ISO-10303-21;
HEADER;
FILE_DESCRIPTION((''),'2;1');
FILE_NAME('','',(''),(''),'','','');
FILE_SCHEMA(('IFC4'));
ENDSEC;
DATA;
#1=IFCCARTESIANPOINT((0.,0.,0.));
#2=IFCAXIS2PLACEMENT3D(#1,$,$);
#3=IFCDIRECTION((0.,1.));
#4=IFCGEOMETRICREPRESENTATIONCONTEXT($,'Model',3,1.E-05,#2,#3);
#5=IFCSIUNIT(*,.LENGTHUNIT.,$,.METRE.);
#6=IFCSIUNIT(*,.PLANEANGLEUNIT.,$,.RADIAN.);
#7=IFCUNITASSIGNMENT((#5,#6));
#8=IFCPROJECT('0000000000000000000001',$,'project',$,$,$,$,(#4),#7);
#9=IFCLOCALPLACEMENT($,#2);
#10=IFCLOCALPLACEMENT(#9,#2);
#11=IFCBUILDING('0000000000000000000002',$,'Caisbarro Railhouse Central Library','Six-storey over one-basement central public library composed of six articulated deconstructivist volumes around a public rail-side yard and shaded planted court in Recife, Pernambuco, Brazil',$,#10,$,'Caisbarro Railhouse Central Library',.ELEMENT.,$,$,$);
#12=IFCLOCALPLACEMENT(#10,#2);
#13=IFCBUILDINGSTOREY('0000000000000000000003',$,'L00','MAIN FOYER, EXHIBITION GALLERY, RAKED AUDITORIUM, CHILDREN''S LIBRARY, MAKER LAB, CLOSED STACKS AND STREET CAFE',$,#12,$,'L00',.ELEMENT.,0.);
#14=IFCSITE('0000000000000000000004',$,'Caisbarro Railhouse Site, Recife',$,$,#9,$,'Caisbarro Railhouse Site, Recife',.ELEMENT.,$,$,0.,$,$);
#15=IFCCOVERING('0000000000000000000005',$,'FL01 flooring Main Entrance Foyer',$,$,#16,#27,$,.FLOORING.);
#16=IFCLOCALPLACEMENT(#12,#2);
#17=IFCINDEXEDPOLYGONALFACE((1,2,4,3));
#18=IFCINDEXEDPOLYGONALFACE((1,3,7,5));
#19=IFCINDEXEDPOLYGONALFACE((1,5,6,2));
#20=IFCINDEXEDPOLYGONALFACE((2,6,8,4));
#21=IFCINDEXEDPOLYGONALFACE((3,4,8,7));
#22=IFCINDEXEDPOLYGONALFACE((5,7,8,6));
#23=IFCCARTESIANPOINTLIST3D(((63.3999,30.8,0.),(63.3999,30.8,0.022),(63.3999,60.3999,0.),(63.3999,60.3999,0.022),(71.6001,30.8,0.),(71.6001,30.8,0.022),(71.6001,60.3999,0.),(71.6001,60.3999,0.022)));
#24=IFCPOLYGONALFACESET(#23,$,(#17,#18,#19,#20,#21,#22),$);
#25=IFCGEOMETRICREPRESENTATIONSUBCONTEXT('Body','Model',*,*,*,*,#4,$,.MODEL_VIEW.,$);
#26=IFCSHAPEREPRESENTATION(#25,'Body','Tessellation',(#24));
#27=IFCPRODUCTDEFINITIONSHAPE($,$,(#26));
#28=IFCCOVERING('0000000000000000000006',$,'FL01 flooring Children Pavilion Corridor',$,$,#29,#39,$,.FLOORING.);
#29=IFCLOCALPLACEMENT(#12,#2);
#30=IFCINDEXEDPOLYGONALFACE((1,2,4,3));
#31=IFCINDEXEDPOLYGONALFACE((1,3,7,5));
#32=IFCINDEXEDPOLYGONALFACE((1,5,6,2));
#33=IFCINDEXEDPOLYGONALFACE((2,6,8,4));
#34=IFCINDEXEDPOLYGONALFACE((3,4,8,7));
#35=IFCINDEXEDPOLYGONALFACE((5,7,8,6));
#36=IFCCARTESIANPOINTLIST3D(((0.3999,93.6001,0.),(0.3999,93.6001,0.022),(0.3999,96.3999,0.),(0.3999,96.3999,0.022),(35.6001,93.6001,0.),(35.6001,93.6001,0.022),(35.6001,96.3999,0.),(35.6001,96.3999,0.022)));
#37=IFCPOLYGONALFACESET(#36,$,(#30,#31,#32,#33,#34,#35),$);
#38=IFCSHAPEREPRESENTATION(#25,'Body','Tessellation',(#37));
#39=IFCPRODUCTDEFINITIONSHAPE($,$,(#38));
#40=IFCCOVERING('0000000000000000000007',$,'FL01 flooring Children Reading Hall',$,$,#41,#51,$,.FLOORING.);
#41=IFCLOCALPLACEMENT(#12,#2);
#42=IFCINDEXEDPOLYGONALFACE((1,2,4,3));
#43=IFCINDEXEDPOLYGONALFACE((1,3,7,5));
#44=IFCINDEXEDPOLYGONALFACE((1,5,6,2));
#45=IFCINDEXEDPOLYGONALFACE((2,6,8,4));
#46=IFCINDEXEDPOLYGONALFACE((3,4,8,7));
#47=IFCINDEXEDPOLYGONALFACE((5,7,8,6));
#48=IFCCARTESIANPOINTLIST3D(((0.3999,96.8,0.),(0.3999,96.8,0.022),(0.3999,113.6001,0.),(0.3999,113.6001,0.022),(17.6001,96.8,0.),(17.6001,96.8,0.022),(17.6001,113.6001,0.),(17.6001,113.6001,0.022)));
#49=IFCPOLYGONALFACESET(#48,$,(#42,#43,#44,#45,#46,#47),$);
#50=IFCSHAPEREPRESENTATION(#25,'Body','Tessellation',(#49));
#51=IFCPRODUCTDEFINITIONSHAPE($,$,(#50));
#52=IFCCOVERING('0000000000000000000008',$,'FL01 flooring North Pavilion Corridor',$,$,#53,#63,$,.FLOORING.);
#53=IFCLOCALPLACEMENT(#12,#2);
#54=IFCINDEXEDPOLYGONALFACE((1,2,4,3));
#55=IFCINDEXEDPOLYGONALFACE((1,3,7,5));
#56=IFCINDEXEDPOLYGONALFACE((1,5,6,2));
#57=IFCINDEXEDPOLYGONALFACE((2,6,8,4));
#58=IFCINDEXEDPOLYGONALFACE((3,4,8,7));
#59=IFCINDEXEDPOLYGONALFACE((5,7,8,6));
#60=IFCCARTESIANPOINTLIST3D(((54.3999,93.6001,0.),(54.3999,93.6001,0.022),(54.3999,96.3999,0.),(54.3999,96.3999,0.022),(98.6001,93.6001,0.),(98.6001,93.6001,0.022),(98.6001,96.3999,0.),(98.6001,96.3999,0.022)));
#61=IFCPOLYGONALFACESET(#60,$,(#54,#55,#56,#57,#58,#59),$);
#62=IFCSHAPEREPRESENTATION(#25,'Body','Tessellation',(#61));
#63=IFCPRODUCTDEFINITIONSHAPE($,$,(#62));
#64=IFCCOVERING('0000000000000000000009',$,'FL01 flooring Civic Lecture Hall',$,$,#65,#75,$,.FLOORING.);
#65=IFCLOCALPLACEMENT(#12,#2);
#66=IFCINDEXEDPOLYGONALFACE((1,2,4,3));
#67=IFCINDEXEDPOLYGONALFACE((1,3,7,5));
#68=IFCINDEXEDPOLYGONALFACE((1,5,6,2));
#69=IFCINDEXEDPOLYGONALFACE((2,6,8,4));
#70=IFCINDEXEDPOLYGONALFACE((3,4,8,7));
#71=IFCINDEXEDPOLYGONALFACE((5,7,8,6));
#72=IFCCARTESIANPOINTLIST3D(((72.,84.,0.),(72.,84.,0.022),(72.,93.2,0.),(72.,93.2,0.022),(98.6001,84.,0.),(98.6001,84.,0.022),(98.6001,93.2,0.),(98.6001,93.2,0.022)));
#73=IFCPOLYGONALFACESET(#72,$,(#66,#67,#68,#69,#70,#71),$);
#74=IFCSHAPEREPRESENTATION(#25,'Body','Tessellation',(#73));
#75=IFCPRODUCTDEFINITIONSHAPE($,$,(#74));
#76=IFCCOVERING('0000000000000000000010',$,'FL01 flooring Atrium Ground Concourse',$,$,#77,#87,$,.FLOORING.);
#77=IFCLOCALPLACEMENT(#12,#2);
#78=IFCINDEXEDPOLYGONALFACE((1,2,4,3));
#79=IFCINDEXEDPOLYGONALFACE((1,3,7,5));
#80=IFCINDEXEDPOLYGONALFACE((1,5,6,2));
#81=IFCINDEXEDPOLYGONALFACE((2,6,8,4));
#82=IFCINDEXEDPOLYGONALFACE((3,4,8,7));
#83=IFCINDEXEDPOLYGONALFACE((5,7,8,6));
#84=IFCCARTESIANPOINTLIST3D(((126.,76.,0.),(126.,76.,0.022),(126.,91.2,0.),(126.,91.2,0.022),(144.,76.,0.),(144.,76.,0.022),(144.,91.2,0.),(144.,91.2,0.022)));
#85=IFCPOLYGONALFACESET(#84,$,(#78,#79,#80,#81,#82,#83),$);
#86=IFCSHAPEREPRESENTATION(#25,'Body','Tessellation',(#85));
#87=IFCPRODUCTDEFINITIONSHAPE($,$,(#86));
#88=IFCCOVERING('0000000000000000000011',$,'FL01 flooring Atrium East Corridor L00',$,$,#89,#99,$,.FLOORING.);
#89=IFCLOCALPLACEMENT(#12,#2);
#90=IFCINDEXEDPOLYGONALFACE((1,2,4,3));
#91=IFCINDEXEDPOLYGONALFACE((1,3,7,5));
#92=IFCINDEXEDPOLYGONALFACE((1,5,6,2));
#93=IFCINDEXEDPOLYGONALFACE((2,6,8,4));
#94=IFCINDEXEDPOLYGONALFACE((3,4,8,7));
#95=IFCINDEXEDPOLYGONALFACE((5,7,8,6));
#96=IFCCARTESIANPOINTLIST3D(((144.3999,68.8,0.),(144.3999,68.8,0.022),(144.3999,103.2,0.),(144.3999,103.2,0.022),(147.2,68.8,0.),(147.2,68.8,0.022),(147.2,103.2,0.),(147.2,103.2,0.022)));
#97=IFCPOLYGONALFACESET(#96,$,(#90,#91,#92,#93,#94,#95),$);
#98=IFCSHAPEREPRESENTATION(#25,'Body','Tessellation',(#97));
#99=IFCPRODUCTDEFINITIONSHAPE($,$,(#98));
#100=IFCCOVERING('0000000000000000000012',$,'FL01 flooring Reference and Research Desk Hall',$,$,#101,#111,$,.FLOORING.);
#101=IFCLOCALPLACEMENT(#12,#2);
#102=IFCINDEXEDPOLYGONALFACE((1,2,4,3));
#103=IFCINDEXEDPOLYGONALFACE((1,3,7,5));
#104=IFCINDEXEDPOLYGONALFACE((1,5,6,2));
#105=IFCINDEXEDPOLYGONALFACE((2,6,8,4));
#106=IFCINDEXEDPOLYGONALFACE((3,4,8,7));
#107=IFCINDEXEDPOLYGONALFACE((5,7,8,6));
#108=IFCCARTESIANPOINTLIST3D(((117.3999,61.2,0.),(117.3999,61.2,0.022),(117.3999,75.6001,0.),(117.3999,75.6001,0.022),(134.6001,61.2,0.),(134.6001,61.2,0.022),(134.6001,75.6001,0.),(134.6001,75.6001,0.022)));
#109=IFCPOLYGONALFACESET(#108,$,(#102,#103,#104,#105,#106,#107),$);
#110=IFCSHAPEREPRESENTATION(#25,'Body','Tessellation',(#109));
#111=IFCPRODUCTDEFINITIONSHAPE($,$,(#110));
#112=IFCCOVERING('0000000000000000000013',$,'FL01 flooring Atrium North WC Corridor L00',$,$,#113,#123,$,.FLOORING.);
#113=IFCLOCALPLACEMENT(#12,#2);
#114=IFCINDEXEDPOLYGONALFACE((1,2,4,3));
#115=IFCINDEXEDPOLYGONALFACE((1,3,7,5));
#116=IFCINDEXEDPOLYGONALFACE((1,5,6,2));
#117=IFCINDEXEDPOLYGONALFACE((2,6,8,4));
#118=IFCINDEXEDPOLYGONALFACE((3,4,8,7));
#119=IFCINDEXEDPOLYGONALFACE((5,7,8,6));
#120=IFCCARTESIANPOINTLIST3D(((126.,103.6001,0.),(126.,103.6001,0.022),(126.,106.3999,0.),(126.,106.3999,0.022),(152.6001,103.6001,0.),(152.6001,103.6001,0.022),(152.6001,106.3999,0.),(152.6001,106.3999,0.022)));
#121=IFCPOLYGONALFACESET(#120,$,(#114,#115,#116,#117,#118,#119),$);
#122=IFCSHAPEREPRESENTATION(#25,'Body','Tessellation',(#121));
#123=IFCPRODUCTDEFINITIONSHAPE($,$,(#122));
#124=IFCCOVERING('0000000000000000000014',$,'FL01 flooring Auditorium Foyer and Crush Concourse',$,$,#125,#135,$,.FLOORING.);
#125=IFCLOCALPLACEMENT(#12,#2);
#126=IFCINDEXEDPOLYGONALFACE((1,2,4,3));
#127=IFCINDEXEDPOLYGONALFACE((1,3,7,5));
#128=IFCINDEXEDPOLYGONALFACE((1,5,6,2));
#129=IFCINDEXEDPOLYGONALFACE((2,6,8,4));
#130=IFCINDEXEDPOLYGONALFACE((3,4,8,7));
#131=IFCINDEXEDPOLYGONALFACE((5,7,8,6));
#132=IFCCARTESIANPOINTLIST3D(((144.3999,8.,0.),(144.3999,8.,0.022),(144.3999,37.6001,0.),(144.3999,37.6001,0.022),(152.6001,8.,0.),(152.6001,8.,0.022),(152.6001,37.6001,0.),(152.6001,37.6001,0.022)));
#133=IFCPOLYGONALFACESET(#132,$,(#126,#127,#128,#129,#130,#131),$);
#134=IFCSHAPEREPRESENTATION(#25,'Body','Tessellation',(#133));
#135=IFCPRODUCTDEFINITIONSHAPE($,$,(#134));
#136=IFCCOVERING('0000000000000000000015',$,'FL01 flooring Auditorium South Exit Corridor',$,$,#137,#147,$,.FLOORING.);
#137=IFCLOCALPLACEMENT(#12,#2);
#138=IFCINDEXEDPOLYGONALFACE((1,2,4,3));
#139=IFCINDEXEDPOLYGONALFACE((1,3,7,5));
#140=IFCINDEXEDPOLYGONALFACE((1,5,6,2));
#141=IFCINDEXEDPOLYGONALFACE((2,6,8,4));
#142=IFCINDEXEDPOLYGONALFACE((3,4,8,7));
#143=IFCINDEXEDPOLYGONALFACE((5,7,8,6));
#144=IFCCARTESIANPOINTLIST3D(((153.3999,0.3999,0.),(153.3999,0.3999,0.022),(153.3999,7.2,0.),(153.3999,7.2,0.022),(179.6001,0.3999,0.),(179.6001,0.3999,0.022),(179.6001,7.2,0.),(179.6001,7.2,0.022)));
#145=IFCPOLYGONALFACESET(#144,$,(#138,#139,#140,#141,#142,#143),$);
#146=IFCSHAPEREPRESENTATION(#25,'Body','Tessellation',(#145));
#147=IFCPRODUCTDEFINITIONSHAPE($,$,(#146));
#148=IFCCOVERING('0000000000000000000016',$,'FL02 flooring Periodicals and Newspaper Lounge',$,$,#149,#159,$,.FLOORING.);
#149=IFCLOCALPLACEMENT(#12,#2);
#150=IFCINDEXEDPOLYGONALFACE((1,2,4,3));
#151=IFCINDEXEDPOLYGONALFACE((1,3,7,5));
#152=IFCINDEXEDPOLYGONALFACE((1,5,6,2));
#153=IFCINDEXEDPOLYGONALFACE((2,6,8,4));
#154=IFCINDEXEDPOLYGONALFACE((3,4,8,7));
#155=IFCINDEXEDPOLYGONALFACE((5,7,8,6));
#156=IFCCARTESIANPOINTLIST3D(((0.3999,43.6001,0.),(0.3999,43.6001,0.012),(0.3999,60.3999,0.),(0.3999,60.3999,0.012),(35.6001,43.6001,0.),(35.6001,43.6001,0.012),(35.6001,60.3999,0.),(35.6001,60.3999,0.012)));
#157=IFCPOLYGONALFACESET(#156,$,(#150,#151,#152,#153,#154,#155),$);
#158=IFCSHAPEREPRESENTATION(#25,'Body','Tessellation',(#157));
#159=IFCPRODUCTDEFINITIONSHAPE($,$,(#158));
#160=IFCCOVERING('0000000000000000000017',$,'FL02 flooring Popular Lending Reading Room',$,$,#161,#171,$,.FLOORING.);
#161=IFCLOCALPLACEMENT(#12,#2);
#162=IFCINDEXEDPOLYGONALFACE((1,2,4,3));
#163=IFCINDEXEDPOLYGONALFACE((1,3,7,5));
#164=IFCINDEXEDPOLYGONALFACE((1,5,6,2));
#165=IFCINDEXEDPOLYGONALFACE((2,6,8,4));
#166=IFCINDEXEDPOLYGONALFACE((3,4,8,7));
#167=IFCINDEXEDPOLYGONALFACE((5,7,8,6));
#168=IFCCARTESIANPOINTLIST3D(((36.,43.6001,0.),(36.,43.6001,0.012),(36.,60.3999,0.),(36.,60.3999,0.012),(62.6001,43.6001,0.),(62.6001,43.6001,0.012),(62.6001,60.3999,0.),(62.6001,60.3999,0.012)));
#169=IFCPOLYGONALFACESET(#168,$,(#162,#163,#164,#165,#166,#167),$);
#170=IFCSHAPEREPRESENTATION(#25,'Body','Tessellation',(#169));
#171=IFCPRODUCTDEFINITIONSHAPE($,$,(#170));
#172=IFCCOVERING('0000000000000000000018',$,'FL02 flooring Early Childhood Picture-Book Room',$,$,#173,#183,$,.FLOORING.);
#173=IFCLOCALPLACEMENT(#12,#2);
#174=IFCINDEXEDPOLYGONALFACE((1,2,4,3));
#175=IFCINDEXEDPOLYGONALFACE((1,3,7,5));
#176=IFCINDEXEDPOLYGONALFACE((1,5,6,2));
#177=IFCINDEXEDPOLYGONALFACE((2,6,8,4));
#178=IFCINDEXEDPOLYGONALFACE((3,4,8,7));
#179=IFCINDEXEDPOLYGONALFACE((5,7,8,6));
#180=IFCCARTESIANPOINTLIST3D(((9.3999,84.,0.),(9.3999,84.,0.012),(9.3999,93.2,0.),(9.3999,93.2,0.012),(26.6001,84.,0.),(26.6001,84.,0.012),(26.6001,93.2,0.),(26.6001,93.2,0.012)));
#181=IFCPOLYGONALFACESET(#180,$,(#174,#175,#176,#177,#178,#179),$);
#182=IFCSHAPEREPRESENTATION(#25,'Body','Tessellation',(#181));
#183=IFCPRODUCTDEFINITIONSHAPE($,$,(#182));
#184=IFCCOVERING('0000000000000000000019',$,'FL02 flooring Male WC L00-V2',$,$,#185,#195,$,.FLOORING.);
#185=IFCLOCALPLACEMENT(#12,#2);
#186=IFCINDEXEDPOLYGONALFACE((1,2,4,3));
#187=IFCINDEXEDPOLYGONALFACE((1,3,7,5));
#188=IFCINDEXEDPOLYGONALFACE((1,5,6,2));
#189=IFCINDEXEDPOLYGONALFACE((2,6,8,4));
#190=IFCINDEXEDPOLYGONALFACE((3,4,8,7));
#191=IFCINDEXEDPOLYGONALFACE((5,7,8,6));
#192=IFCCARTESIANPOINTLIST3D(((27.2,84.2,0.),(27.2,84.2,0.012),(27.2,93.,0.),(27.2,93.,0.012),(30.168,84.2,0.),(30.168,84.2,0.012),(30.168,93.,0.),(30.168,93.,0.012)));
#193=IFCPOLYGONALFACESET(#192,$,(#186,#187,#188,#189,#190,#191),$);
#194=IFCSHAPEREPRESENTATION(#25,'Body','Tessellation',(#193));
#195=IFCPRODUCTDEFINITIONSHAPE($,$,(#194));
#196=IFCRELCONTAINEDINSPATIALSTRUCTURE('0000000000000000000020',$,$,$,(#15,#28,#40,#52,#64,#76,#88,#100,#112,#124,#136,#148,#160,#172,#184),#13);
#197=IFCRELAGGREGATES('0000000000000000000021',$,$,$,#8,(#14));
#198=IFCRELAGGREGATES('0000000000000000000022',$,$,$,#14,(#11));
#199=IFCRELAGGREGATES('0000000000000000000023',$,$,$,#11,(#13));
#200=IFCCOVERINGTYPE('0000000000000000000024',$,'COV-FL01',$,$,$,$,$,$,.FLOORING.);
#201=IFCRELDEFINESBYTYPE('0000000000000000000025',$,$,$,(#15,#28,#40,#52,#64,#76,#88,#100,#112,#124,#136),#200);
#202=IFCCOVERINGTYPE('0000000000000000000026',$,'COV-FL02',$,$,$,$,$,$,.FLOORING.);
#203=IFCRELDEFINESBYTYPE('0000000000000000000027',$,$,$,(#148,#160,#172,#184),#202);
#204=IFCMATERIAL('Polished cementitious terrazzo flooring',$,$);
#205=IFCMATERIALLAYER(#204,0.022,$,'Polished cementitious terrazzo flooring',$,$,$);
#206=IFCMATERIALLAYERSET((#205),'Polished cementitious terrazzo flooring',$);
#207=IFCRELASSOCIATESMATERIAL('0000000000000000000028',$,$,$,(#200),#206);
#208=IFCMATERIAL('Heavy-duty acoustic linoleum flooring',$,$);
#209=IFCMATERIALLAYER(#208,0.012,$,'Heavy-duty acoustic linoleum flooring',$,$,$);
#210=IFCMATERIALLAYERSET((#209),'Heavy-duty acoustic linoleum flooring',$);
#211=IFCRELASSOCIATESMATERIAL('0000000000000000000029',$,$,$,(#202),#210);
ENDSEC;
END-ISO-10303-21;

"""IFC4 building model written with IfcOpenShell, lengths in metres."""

from ifc_helpers import new_model, si_unit, direction, origin, place, context, subcontext, project, spatial, polyline, outline, extrude, material, layer, layer_set, type_object, element, save


model = new_model("IFC4")

# Units and contexts
model_context = context("Model", 3, precision=1e-05, world=origin(), true_north=direction((0.0, 1.0)))
body_context = subcontext(model_context, "Body", "Model", "MODEL_VIEW")
ifc_project = project(units=[si_unit("LENGTHUNIT", "METRE"), si_unit("PLANEANGLEUNIT", "RADIAN")], contexts=[model_context])

# Site, building, storey
site_placement = place(None, origin())
site = spatial("IfcSite", under=ifc_project, at=site_placement, Name="Caisbarro Railhouse Site, Recife", LongName="Caisbarro Railhouse Site, Recife", CompositionType="ELEMENT", RefElevation=0.0)
building_placement = place(site_placement, origin())
building = spatial("IfcBuilding", under=site, at=building_placement, Name="Caisbarro Railhouse Central Library", Description="Six-storey over one-basement central public library composed of six articulated deconstructivist volumes around a public rail-side yard and shaded planted court in Recife, Pernambuco, Brazil", LongName="Caisbarro Railhouse Central Library", CompositionType="ELEMENT")
storey_placement = place(building_placement, origin())
storey = spatial("IfcBuildingStorey", under=building, at=storey_placement, Name="L00", Description="MAIN FOYER, EXHIBITION GALLERY, RAKED AUDITORIUM, CHILDREN'S LIBRARY, MAKER LAB, CLOSED STACKS AND STREET CAFE", LongName="L00", CompositionType="ELEMENT", Elevation=0.0)

# Coverings
ifc_material_1 = material(Name="Polished cementitious terrazzo flooring")
ifc_layer_1 = layer(ifc_material_1, 0.022, Name="Polished cementitious terrazzo flooring")
ifc_layer_set_1 = layer_set([ifc_layer_1], Name="Polished cementitious terrazzo flooring")
covering_type_1 = type_object("IfcCoveringType", Name="COV-FL01", PredefinedType="FLOORING", material=ifc_layer_set_1)
covering_1_placement = place(storey_placement, origin())
element("IfcCovering", 1, at=covering_1_placement, inside=storey, type_object=covering_type_1, Name="FL01 flooring Main Entrance Foyer", PredefinedType="FLOORING", context=body_context, shape_type="SweptSolid", body=[
    extrude(outline(polyline([(63.3999, 30.8), (71.6001, 30.8), (71.6001, 60.3999), (63.3999, 60.3999), (63.3999, 30.8)])), origin(), (0.0, 0.0, 1.0), 0.022),
])
covering_2_placement = place(storey_placement, origin())
element("IfcCovering", 2, at=covering_2_placement, inside=storey, type_object=covering_type_1, Name="FL01 flooring Children Pavilion Corridor", PredefinedType="FLOORING", context=body_context, shape_type="SweptSolid", body=[
    extrude(outline(polyline([(0.3999, 93.6001), (35.6001, 93.6001), (35.6001, 96.3999), (0.3999, 96.3999), (0.3999, 93.6001)])), origin(), (0.0, 0.0, 1.0), 0.022),
])
covering_3_placement = place(storey_placement, origin())
element("IfcCovering", 3, at=covering_3_placement, inside=storey, type_object=covering_type_1, Name="FL01 flooring Children Reading Hall", PredefinedType="FLOORING", context=body_context, shape_type="SweptSolid", body=[
    extrude(outline(polyline([(0.3999, 96.8), (17.6001, 96.8), (17.6001, 113.6001), (0.3999, 113.6001), (0.3999, 96.8)])), origin(), (0.0, 0.0, 1.0), 0.022),
])
covering_4_placement = place(storey_placement, origin())
element("IfcCovering", 4, at=covering_4_placement, inside=storey, type_object=covering_type_1, Name="FL01 flooring North Pavilion Corridor", PredefinedType="FLOORING", context=body_context, shape_type="SweptSolid", body=[
    extrude(outline(polyline([(54.3999, 93.6001), (98.6001, 93.6001), (98.6001, 96.3999), (54.3999, 96.3999), (54.3999, 93.6001)])), origin(), (0.0, 0.0, 1.0), 0.022),
])
covering_5_placement = place(storey_placement, origin())
element("IfcCovering", 5, at=covering_5_placement, inside=storey, type_object=covering_type_1, Name="FL01 flooring Civic Lecture Hall", PredefinedType="FLOORING", context=body_context, shape_type="SweptSolid", body=[
    extrude(outline(polyline([(72.0, 84.0), (98.6001, 84.0), (98.6001, 93.2), (72.0, 93.2), (72.0, 84.0)])), origin(), (0.0, 0.0, 1.0), 0.022),
])
covering_6_placement = place(storey_placement, origin())
element("IfcCovering", 6, at=covering_6_placement, inside=storey, type_object=covering_type_1, Name="FL01 flooring Atrium Ground Concourse", PredefinedType="FLOORING", context=body_context, shape_type="SweptSolid", body=[
    extrude(outline(polyline([(126.0, 76.0), (144.0, 76.0), (144.0, 91.2), (126.0, 91.2), (126.0, 76.0)])), origin(), (0.0, 0.0, 1.0), 0.022),
])
covering_7_placement = place(storey_placement, origin())
element("IfcCovering", 7, at=covering_7_placement, inside=storey, type_object=covering_type_1, Name="FL01 flooring Atrium East Corridor L00", PredefinedType="FLOORING", context=body_context, shape_type="SweptSolid", body=[
    extrude(outline(polyline([(144.3999, 68.8), (147.2, 68.8), (147.2, 103.2), (144.3999, 103.2), (144.3999, 68.8)])), origin(), (0.0, 0.0, 1.0), 0.022),
])
covering_8_placement = place(storey_placement, origin())
element("IfcCovering", 8, at=covering_8_placement, inside=storey, type_object=covering_type_1, Name="FL01 flooring Reference and Research Desk Hall", PredefinedType="FLOORING", context=body_context, shape_type="SweptSolid", body=[
    extrude(outline(polyline([(117.3999, 61.2), (134.6001, 61.2), (134.6001, 75.6001), (117.3999, 75.6001), (117.3999, 61.2)])), origin(), (0.0, 0.0, 1.0), 0.022),
])
covering_9_placement = place(storey_placement, origin())
element("IfcCovering", 9, at=covering_9_placement, inside=storey, type_object=covering_type_1, Name="FL01 flooring Atrium North WC Corridor L00", PredefinedType="FLOORING", context=body_context, shape_type="SweptSolid", body=[
    extrude(outline(polyline([(126.0, 103.6001), (152.6001, 103.6001), (152.6001, 106.3999), (126.0, 106.3999), (126.0, 103.6001)])), origin(), (0.0, 0.0, 1.0), 0.022),
])
covering_10_placement = place(storey_placement, origin())
element("IfcCovering", 10, at=covering_10_placement, inside=storey, type_object=covering_type_1, Name="FL01 flooring Auditorium Foyer and Crush Concourse", PredefinedType="FLOORING", context=body_context, shape_type="SweptSolid", body=[
    extrude(outline(polyline([(144.3999, 8.0), (152.6001, 8.0), (152.6001, 37.6001), (144.3999, 37.6001), (144.3999, 8.0)])), origin(), (0.0, 0.0, 1.0), 0.022),
])
covering_11_placement = place(storey_placement, origin())
element("IfcCovering", 11, at=covering_11_placement, inside=storey, type_object=covering_type_1, Name="FL01 flooring Auditorium South Exit Corridor", PredefinedType="FLOORING", context=body_context, shape_type="SweptSolid", body=[
    extrude(outline(polyline([(153.3999, 0.3999), (179.6001, 0.3999), (179.6001, 7.2), (153.3999, 7.2), (153.3999, 0.3999)])), origin(), (0.0, 0.0, 1.0), 0.022),
])
ifc_material_2 = material(Name="Heavy-duty acoustic linoleum flooring")
ifc_layer_2 = layer(ifc_material_2, 0.012, Name="Heavy-duty acoustic linoleum flooring")
ifc_layer_set_2 = layer_set([ifc_layer_2], Name="Heavy-duty acoustic linoleum flooring")
covering_type_2 = type_object("IfcCoveringType", Name="COV-FL02", PredefinedType="FLOORING", material=ifc_layer_set_2)
covering_12_placement = place(storey_placement, origin())
element("IfcCovering", 12, at=covering_12_placement, inside=storey, type_object=covering_type_2, Name="FL02 flooring Periodicals and Newspaper Lounge", PredefinedType="FLOORING", context=body_context, shape_type="SweptSolid", body=[
    extrude(outline(polyline([(0.3999, 43.6001), (35.6001, 43.6001), (35.6001, 60.3999), (0.3999, 60.3999), (0.3999, 43.6001)])), origin(), (0.0, 0.0, 1.0), 0.012),
])
covering_13_placement = place(storey_placement, origin())
element("IfcCovering", 13, at=covering_13_placement, inside=storey, type_object=covering_type_2, Name="FL02 flooring Popular Lending Reading Room", PredefinedType="FLOORING", context=body_context, shape_type="SweptSolid", body=[
    extrude(outline(polyline([(36.0, 43.6001), (62.6001, 43.6001), (62.6001, 60.3999), (36.0, 60.3999), (36.0, 43.6001)])), origin(), (0.0, 0.0, 1.0), 0.012),
])
covering_14_placement = place(storey_placement, origin())
element("IfcCovering", 14, at=covering_14_placement, inside=storey, type_object=covering_type_2, Name="FL02 flooring Early Childhood Picture-Book Room", PredefinedType="FLOORING", context=body_context, shape_type="SweptSolid", body=[
    extrude(outline(polyline([(9.3999, 84.0), (26.6001, 84.0), (26.6001, 93.2), (9.3999, 93.2), (9.3999, 84.0)])), origin(), (0.0, 0.0, 1.0), 0.012),
])
covering_15_placement = place(storey_placement, origin())
element("IfcCovering", 15, at=covering_15_placement, inside=storey, type_object=covering_type_2, Name="FL02 flooring Male WC L00-V2", PredefinedType="FLOORING", context=body_context, shape_type="SweptSolid", body=[
    extrude(outline(polyline([(27.2, 84.2), (30.168, 84.2), (30.168, 93.0), (27.2, 93.0), (27.2, 84.2)])), origin(), (0.0, 0.0, 1.0), 0.012),
])

save(model, "model.ifc")
